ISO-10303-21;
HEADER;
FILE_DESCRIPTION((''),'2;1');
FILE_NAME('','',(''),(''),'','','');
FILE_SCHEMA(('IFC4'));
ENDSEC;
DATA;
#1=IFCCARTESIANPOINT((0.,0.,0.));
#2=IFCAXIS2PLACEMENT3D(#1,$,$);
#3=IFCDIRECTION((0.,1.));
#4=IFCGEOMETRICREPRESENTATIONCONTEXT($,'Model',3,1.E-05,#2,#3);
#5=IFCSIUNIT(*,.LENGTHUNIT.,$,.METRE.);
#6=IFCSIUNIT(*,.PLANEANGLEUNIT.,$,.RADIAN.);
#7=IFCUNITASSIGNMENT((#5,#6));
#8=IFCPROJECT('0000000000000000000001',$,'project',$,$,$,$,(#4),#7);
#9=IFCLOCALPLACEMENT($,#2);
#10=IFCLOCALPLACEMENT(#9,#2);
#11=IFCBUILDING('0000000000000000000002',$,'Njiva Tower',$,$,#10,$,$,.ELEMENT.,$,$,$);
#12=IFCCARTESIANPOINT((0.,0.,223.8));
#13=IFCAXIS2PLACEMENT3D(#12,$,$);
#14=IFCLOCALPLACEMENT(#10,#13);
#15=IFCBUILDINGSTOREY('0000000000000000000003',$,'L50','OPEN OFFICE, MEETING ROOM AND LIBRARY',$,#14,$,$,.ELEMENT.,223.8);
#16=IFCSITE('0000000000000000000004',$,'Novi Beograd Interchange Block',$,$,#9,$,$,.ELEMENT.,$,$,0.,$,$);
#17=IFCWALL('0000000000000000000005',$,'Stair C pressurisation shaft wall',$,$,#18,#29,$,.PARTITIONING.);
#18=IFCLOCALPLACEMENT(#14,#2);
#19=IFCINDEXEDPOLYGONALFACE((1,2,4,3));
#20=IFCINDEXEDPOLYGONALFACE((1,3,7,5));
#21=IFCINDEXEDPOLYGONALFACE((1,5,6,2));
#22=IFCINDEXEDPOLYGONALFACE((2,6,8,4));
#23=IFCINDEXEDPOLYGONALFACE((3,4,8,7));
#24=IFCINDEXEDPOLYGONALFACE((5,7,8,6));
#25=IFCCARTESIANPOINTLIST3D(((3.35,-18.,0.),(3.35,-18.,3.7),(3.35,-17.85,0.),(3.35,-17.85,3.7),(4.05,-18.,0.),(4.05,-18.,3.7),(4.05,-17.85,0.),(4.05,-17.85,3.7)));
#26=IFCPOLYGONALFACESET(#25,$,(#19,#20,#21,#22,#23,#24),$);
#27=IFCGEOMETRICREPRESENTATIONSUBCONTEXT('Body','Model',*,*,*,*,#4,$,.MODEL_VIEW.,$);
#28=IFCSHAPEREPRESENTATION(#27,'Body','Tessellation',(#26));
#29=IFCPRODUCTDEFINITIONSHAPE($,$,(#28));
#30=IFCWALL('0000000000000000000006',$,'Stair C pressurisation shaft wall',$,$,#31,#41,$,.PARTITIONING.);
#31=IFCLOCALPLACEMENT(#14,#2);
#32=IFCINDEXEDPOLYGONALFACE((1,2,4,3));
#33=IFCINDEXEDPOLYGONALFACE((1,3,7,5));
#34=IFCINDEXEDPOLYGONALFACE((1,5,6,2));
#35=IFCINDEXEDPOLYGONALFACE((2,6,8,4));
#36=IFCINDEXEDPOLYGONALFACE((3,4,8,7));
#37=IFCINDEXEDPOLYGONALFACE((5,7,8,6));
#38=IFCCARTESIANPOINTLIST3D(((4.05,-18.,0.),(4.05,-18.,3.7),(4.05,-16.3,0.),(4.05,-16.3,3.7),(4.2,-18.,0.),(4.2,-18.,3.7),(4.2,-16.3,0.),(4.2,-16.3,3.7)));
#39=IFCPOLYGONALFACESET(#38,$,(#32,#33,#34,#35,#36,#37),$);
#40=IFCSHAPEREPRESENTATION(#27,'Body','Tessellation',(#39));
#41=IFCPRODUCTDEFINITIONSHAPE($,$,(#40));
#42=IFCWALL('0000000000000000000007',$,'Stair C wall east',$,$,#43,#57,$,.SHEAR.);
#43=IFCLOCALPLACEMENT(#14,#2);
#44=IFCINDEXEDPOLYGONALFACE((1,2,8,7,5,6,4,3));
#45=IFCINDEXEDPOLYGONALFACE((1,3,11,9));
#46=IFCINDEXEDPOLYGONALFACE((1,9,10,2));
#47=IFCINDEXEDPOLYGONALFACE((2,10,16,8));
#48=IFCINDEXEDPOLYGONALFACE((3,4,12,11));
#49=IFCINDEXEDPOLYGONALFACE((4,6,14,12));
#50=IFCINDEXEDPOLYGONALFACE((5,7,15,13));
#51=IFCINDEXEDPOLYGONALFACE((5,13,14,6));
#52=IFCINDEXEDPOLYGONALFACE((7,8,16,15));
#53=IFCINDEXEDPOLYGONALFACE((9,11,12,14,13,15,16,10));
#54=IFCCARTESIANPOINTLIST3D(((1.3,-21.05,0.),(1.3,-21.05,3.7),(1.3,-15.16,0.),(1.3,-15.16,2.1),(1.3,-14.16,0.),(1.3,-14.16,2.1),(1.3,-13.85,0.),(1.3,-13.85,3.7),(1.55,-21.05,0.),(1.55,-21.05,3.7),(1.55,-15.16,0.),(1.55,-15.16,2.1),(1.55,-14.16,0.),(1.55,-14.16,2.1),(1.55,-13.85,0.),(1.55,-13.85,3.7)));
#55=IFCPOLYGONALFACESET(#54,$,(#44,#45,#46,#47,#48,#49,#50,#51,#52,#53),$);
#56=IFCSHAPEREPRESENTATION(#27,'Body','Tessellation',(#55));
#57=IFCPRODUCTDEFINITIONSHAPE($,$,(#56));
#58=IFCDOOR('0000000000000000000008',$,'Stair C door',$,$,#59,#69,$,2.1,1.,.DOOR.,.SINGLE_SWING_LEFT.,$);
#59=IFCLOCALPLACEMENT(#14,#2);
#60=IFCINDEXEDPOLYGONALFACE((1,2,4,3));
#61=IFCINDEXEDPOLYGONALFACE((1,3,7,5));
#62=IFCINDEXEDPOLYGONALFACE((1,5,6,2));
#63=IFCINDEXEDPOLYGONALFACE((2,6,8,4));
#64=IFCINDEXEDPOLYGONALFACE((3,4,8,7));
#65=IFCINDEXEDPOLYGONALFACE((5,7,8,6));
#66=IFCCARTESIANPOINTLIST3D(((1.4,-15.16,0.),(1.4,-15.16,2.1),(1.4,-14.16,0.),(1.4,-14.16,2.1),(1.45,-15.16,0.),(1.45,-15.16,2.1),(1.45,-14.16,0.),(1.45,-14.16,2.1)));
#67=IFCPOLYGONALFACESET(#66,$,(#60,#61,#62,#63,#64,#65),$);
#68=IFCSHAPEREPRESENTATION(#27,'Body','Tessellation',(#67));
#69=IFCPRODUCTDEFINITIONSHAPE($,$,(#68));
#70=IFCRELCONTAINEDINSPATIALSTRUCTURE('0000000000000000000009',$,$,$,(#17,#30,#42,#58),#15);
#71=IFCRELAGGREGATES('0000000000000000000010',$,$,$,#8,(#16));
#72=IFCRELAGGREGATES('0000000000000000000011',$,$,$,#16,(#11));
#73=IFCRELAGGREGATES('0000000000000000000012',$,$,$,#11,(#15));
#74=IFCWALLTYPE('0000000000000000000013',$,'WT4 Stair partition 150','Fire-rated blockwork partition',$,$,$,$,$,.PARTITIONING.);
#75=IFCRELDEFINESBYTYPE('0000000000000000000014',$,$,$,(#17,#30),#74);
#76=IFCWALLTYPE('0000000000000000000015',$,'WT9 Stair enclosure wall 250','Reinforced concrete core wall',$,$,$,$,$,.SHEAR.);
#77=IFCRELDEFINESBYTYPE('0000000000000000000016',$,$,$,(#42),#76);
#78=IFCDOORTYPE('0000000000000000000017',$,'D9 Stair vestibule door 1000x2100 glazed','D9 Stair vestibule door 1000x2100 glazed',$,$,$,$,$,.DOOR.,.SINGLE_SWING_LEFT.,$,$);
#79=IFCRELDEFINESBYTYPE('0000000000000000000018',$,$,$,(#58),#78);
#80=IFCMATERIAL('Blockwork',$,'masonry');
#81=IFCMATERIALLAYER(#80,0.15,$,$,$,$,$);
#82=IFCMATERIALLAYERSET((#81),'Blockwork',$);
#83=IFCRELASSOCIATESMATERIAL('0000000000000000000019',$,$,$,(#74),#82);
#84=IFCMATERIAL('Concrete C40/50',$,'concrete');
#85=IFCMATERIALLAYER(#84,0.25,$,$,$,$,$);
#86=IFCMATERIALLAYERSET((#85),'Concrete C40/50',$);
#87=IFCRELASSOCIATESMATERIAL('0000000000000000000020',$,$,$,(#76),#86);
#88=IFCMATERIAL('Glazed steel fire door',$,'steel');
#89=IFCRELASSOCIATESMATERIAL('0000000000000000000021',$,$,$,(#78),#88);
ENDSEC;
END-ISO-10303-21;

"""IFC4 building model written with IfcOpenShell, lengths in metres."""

from ifc_helpers import new_model, si_unit, direction, frame, frame_2d, origin, place, context, subcontext, project, spatial, rectangle, extrude, material, layer, layer_set, type_object, element, fill, save


model = new_model("IFC4")

# Units and contexts
model_context = context("Model", 3, precision=1e-05, world=origin(), true_north=direction((0.0, 1.0)))
body_context = subcontext(model_context, "Body", "Model", "MODEL_VIEW")
ifc_project = project(units=[si_unit("LENGTHUNIT", "METRE"), si_unit("PLANEANGLEUNIT", "RADIAN")], contexts=[model_context])

# Site, building, storey
site_placement = place(None, origin())
site = spatial("IfcSite", under=ifc_project, at=site_placement, Name="Novi Beograd Interchange Block", CompositionType="ELEMENT", RefElevation=0.0)
building_placement = place(site_placement, origin())
building = spatial("IfcBuilding", under=site, at=building_placement, Name="Njiva Tower", CompositionType="ELEMENT")
storey_placement = place(building_placement, frame((0.0, 0.0, 223.8)))
storey = spatial("IfcBuildingStorey", under=building, at=storey_placement, Name="L50", Description="OPEN OFFICE, MEETING ROOM AND LIBRARY", CompositionType="ELEMENT", Elevation=223.8)

# Walls
ifc_material_1 = material(Name="Blockwork", Category="masonry")
ifc_layer_1 = layer(ifc_material_1, 0.15)
ifc_layer_set_1 = layer_set([ifc_layer_1], Name="Blockwork")
wall_type_1 = type_object("IfcWallType", Name="WT4 Stair partition 150", Description="Fire-rated blockwork partition", PredefinedType="PARTITIONING", material=ifc_layer_set_1)
wall_1_placement = place(storey_placement, frame((3.35, -17.925, 0.0), z_axis=(0.0, 0.0, 1.0), x_axis=(1.0, 0.0, 0.0)))
element("IfcWall", 1, at=wall_1_placement, inside=storey, type_object=wall_type_1, Name="Stair C pressurisation shaft wall", PredefinedType="PARTITIONING", context=body_context, shape_type="SweptSolid", body=[
    extrude(rectangle(XDim=0.7, YDim=0.15, at=frame_2d((0.35, 0.0))), origin(), (0.0, 0.0, 1.0), 3.7),
])
wall_2_placement = place(storey_placement, frame((4.125, -18.0, 0.0), z_axis=(0.0, 0.0, 1.0), x_axis=(0.0, 1.0, 0.0)))
element("IfcWall", 2, at=wall_2_placement, inside=storey, type_object=wall_type_1, Name="Stair C pressurisation shaft wall", PredefinedType="PARTITIONING", context=body_context, shape_type="SweptSolid", body=[
    extrude(rectangle(XDim=1.7, YDim=0.15, at=frame_2d((0.85, 0.0))), origin(), (0.0, 0.0, 1.0), 3.7),
])

# Wall, opening, door
ifc_material_2 = material(Name="Concrete C40/50", Category="concrete")
ifc_layer_2 = layer(ifc_material_2, 0.25)
ifc_layer_set_2 = layer_set([ifc_layer_2], Name="Concrete C40/50")
wall_type_2 = type_object("IfcWallType", Name="WT9 Stair enclosure wall 250", Description="Reinforced concrete core wall", PredefinedType="SHEAR", material=ifc_layer_set_2)
wall_3_placement = place(storey_placement, frame((1.425, -21.05, 0.0), z_axis=(0.0, 0.0, 1.0), x_axis=(0.0, 1.0, 0.0)))
wall_3 = element("IfcWall", 3, at=wall_3_placement, inside=storey, type_object=wall_type_2, Name="Stair C wall east", PredefinedType="SHEAR", context=body_context, shape_type="SweptSolid", body=[
    extrude(rectangle(XDim=7.2, YDim=0.25, at=frame_2d((3.6, 0.0))), origin(), (0.0, 0.0, 1.0), 3.7),
])
opening_1_placement = place(wall_3_placement, frame((5.89, 0.0, 0.0)))
opening_1 = element("IfcOpeningElement", 4, at=opening_1_placement, cuts=wall_3, PredefinedType="OPENING", context=body_context, shape_type="SweptSolid", body=[
    extrude(rectangle(XDim=1.0, YDim=2.1, at=frame_2d((0.5, 1.05))), frame((0.0, 0.135, 0.0), z_axis=(0.0, -1.0, 0.0), x_axis=(1.0, 0.0, 0.0)), (0.0, 0.0, 1.0), 0.27),
])
ifc_material_3 = material(Name="Glazed steel fire door", Category="steel")
door_type = type_object("IfcDoorType", Name="D9 Stair vestibule door 1000x2100 glazed", Description="D9 Stair vestibule door 1000x2100 glazed", OperationType="SINGLE_SWING_LEFT", PredefinedType="DOOR", material=ifc_material_3)
door_placement = place(opening_1_placement, origin())
door = element("IfcDoor", 5, at=door_placement, inside=storey, type_object=door_type, Name="Stair C door", OperationType="SINGLE_SWING_LEFT", OverallHeight=2.1, OverallWidth=1.0, PredefinedType="DOOR", context=body_context, shape_type="SweptSolid", body=[
    extrude(rectangle(XDim=1.0, YDim=2.1, at=frame_2d((0.5, 1.05))), frame((0.0, 0.025, 0.0), z_axis=(0.0, -1.0, 0.0), x_axis=(1.0, 0.0, 0.0)), (0.0, 0.0, 1.0), 0.05),
])
fill(opening_1, door)

save(model, "model.ifc")
